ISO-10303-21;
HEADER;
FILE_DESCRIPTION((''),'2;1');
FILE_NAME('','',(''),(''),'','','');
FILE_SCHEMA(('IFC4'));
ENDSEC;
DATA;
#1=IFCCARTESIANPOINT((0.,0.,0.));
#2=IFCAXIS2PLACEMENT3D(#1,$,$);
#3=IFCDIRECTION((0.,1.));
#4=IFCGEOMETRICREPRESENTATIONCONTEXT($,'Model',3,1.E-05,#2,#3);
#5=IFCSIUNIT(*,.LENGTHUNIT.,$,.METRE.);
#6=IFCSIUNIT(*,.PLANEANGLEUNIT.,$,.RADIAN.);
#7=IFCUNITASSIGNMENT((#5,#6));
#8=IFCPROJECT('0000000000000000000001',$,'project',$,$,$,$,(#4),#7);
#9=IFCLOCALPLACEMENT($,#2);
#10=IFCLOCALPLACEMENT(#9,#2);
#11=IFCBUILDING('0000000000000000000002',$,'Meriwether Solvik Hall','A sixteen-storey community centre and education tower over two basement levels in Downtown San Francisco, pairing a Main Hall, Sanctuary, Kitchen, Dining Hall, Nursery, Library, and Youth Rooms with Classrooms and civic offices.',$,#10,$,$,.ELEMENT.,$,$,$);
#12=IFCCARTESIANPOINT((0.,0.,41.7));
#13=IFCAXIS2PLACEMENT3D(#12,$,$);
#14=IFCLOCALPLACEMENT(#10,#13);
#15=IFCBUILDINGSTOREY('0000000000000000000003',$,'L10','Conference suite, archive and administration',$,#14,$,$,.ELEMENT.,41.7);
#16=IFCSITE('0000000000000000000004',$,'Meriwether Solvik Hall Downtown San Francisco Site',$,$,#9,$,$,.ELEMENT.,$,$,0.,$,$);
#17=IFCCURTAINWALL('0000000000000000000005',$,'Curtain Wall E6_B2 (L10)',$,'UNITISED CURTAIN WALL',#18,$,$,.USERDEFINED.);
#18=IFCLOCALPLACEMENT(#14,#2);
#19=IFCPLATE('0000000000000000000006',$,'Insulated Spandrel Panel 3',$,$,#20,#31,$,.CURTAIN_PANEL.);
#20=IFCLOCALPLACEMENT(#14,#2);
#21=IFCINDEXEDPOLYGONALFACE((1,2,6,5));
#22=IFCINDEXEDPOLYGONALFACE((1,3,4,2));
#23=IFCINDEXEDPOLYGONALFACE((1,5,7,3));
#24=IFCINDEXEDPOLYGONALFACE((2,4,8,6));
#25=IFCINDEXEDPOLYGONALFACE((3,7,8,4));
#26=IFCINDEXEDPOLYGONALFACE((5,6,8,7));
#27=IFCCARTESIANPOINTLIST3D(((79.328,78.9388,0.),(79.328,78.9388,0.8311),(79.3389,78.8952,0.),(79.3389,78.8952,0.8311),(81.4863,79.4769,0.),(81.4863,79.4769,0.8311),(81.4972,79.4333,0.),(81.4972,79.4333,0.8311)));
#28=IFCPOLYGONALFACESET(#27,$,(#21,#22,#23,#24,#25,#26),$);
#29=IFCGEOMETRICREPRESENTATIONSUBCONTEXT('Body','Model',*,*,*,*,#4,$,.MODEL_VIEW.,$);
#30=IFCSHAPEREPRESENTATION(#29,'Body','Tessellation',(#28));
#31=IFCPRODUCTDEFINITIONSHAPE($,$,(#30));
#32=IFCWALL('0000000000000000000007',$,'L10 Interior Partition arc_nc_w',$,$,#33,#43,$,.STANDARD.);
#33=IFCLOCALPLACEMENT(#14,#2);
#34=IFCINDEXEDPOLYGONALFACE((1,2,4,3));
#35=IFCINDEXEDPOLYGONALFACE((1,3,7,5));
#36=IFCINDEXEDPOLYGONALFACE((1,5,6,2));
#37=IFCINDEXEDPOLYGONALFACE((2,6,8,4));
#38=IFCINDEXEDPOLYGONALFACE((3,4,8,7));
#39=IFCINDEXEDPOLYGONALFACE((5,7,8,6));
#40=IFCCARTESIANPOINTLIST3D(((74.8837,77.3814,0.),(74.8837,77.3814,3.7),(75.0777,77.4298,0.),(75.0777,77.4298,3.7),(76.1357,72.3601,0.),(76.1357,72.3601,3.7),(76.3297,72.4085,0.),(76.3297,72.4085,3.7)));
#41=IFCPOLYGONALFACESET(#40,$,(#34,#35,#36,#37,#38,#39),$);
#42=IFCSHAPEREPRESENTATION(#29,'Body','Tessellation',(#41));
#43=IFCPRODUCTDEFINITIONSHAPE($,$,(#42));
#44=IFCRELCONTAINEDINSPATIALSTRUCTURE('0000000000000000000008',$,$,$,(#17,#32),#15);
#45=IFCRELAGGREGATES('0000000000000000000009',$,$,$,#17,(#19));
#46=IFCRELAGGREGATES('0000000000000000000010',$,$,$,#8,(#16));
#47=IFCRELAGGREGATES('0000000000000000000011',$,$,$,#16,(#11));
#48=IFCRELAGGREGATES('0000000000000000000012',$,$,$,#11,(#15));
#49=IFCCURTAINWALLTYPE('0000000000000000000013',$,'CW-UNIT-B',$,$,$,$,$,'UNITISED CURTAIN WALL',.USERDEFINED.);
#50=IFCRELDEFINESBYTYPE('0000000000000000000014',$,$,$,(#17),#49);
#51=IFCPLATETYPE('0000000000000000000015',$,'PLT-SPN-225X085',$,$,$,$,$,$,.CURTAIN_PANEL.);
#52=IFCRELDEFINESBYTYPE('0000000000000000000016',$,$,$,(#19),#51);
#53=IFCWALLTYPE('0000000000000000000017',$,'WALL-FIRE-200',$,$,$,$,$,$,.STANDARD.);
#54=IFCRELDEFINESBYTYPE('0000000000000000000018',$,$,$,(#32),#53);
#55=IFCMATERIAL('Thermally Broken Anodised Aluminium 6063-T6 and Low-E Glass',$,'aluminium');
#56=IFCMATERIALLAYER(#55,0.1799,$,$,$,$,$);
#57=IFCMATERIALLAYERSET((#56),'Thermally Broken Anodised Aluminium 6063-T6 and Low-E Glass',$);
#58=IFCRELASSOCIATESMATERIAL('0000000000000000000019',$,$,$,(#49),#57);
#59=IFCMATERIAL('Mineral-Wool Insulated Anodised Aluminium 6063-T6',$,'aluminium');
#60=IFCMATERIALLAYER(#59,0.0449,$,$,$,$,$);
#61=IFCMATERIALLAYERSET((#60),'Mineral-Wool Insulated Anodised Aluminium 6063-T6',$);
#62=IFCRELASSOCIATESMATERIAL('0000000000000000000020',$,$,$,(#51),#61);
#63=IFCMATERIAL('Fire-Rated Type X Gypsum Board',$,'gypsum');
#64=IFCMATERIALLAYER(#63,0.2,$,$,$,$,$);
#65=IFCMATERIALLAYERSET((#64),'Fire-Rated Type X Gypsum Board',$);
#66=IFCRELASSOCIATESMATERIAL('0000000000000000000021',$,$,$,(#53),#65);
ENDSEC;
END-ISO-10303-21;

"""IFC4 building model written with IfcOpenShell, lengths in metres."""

from ifc_helpers import new_model, si_unit, direction, frame, frame_2d, origin, origin_2d, place, context, subcontext, project, spatial, rectangle, extrude, material, layer, layer_set, type_object, element, aggregate, save


model = new_model("IFC4")

# Units and contexts
model_context = context("Model", 3, precision=1e-05, world=origin(), true_north=direction((0.0, 1.0)))
body_context = subcontext(model_context, "Body", "Model", "MODEL_VIEW")
ifc_project = project(units=[si_unit("LENGTHUNIT", "METRE"), si_unit("PLANEANGLEUNIT", "RADIAN")], contexts=[model_context])

# Site, building, storey
site_placement = place(None, origin())
site = spatial("IfcSite", under=ifc_project, at=site_placement, Name="Meriwether Solvik Hall Downtown San Francisco Site", CompositionType="ELEMENT", RefElevation=0.0)
building_placement = place(site_placement, origin())
building = spatial("IfcBuilding", under=site, at=building_placement, Name="Meriwether Solvik Hall", Description="A sixteen-storey community centre and education tower over two basement levels in Downtown San Francisco, pairing a Main Hall, Sanctuary, Kitchen, Dining Hall, Nursery, Library, and Youth Rooms with Classrooms and civic offices.", CompositionType="ELEMENT")
storey_placement = place(building_placement, frame((0.0, 0.0, 41.7)))
storey = spatial("IfcBuildingStorey", under=building, at=storey_placement, Name="L10", Description="Conference suite, archive and administration", CompositionType="ELEMENT", Elevation=41.7)

# Curtain wall
ifc_material_1 = material(Name="Thermally Broken Anodised Aluminium 6063-T6 and Low-E Glass", Category="aluminium")
ifc_layer_1 = layer(ifc_material_1, 0.1799)
ifc_layer_set_1 = layer_set([ifc_layer_1], Name="Thermally Broken Anodised Aluminium 6063-T6 and Low-E Glass")
curtain_wall_type_1 = type_object("IfcCurtainWallType", Name="CW-UNIT-B", ElementType="UNITISED CURTAIN WALL", PredefinedType="USERDEFINED", material=ifc_layer_set_1)
curtain_wall_1_placement = place(storey_placement, origin())
curtain_wall_1 = element("IfcCurtainWall", 1, at=curtain_wall_1_placement, inside=storey, type_object=curtain_wall_type_1, Name="Curtain Wall E6_B2 (L10)", ObjectType="UNITISED CURTAIN WALL", PredefinedType="USERDEFINED")

# Plate
ifc_material_2 = material(Name="Mineral-Wool Insulated Anodised Aluminium 6063-T6", Category="aluminium")
ifc_layer_2 = layer(ifc_material_2, 0.0449)
ifc_layer_set_2 = layer_set([ifc_layer_2], Name="Mineral-Wool Insulated Anodised Aluminium 6063-T6")
plate_type_1 = type_object("IfcPlateType", Name="PLT-SPN-225X085", PredefinedType="CURTAIN_PANEL", material=ifc_layer_set_2)
plate_1_placement = place(storey_placement, frame((80.4126, 79.186, 0.0), z_axis=(0.0, 0.0, 1.0), x_axis=(0.970296, 0.241922, 0.0)))
plate_1 = element("IfcPlate", 2, at=plate_1_placement, type_object=plate_type_1, Name="Insulated Spandrel Panel 3", PredefinedType="CURTAIN_PANEL", context=body_context, shape_type="SweptSolid", body=[
    extrude(rectangle(XDim=2.2244, YDim=0.0449, at=origin_2d()), origin(), (0.0, 0.0, 1.0), 0.8311),
])
aggregate(curtain_wall_1, [plate_1])

# Wall
ifc_material_3 = material(Name="Fire-Rated Type X Gypsum Board", Category="gypsum")
ifc_layer_3 = layer(ifc_material_3, 0.2)
ifc_layer_set_3 = layer_set([ifc_layer_3], Name="Fire-Rated Type X Gypsum Board")
wall_type = type_object("IfcWallType", Name="WALL-FIRE-200", PredefinedType="STANDARD", material=ifc_layer_set_3)
wall_placement = place(storey_placement, frame((74.9807, 77.4055, 0.0), z_axis=(0.0, 0.0, 1.0), x_axis=(0.241925, -0.970295, 0.0)))
element("IfcWall", 3, at=wall_placement, inside=storey, type_object=wall_type, Name="L10 Interior Partition arc_nc_w", PredefinedType="STANDARD", context=body_context, shape_type="SweptSolid", body=[
    extrude(rectangle(XDim=5.175, YDim=0.2, at=frame_2d((2.5874, 0.0))), origin(), (0.0, 0.0, 1.0), 3.7),
])

save(model, "model.ifc")
